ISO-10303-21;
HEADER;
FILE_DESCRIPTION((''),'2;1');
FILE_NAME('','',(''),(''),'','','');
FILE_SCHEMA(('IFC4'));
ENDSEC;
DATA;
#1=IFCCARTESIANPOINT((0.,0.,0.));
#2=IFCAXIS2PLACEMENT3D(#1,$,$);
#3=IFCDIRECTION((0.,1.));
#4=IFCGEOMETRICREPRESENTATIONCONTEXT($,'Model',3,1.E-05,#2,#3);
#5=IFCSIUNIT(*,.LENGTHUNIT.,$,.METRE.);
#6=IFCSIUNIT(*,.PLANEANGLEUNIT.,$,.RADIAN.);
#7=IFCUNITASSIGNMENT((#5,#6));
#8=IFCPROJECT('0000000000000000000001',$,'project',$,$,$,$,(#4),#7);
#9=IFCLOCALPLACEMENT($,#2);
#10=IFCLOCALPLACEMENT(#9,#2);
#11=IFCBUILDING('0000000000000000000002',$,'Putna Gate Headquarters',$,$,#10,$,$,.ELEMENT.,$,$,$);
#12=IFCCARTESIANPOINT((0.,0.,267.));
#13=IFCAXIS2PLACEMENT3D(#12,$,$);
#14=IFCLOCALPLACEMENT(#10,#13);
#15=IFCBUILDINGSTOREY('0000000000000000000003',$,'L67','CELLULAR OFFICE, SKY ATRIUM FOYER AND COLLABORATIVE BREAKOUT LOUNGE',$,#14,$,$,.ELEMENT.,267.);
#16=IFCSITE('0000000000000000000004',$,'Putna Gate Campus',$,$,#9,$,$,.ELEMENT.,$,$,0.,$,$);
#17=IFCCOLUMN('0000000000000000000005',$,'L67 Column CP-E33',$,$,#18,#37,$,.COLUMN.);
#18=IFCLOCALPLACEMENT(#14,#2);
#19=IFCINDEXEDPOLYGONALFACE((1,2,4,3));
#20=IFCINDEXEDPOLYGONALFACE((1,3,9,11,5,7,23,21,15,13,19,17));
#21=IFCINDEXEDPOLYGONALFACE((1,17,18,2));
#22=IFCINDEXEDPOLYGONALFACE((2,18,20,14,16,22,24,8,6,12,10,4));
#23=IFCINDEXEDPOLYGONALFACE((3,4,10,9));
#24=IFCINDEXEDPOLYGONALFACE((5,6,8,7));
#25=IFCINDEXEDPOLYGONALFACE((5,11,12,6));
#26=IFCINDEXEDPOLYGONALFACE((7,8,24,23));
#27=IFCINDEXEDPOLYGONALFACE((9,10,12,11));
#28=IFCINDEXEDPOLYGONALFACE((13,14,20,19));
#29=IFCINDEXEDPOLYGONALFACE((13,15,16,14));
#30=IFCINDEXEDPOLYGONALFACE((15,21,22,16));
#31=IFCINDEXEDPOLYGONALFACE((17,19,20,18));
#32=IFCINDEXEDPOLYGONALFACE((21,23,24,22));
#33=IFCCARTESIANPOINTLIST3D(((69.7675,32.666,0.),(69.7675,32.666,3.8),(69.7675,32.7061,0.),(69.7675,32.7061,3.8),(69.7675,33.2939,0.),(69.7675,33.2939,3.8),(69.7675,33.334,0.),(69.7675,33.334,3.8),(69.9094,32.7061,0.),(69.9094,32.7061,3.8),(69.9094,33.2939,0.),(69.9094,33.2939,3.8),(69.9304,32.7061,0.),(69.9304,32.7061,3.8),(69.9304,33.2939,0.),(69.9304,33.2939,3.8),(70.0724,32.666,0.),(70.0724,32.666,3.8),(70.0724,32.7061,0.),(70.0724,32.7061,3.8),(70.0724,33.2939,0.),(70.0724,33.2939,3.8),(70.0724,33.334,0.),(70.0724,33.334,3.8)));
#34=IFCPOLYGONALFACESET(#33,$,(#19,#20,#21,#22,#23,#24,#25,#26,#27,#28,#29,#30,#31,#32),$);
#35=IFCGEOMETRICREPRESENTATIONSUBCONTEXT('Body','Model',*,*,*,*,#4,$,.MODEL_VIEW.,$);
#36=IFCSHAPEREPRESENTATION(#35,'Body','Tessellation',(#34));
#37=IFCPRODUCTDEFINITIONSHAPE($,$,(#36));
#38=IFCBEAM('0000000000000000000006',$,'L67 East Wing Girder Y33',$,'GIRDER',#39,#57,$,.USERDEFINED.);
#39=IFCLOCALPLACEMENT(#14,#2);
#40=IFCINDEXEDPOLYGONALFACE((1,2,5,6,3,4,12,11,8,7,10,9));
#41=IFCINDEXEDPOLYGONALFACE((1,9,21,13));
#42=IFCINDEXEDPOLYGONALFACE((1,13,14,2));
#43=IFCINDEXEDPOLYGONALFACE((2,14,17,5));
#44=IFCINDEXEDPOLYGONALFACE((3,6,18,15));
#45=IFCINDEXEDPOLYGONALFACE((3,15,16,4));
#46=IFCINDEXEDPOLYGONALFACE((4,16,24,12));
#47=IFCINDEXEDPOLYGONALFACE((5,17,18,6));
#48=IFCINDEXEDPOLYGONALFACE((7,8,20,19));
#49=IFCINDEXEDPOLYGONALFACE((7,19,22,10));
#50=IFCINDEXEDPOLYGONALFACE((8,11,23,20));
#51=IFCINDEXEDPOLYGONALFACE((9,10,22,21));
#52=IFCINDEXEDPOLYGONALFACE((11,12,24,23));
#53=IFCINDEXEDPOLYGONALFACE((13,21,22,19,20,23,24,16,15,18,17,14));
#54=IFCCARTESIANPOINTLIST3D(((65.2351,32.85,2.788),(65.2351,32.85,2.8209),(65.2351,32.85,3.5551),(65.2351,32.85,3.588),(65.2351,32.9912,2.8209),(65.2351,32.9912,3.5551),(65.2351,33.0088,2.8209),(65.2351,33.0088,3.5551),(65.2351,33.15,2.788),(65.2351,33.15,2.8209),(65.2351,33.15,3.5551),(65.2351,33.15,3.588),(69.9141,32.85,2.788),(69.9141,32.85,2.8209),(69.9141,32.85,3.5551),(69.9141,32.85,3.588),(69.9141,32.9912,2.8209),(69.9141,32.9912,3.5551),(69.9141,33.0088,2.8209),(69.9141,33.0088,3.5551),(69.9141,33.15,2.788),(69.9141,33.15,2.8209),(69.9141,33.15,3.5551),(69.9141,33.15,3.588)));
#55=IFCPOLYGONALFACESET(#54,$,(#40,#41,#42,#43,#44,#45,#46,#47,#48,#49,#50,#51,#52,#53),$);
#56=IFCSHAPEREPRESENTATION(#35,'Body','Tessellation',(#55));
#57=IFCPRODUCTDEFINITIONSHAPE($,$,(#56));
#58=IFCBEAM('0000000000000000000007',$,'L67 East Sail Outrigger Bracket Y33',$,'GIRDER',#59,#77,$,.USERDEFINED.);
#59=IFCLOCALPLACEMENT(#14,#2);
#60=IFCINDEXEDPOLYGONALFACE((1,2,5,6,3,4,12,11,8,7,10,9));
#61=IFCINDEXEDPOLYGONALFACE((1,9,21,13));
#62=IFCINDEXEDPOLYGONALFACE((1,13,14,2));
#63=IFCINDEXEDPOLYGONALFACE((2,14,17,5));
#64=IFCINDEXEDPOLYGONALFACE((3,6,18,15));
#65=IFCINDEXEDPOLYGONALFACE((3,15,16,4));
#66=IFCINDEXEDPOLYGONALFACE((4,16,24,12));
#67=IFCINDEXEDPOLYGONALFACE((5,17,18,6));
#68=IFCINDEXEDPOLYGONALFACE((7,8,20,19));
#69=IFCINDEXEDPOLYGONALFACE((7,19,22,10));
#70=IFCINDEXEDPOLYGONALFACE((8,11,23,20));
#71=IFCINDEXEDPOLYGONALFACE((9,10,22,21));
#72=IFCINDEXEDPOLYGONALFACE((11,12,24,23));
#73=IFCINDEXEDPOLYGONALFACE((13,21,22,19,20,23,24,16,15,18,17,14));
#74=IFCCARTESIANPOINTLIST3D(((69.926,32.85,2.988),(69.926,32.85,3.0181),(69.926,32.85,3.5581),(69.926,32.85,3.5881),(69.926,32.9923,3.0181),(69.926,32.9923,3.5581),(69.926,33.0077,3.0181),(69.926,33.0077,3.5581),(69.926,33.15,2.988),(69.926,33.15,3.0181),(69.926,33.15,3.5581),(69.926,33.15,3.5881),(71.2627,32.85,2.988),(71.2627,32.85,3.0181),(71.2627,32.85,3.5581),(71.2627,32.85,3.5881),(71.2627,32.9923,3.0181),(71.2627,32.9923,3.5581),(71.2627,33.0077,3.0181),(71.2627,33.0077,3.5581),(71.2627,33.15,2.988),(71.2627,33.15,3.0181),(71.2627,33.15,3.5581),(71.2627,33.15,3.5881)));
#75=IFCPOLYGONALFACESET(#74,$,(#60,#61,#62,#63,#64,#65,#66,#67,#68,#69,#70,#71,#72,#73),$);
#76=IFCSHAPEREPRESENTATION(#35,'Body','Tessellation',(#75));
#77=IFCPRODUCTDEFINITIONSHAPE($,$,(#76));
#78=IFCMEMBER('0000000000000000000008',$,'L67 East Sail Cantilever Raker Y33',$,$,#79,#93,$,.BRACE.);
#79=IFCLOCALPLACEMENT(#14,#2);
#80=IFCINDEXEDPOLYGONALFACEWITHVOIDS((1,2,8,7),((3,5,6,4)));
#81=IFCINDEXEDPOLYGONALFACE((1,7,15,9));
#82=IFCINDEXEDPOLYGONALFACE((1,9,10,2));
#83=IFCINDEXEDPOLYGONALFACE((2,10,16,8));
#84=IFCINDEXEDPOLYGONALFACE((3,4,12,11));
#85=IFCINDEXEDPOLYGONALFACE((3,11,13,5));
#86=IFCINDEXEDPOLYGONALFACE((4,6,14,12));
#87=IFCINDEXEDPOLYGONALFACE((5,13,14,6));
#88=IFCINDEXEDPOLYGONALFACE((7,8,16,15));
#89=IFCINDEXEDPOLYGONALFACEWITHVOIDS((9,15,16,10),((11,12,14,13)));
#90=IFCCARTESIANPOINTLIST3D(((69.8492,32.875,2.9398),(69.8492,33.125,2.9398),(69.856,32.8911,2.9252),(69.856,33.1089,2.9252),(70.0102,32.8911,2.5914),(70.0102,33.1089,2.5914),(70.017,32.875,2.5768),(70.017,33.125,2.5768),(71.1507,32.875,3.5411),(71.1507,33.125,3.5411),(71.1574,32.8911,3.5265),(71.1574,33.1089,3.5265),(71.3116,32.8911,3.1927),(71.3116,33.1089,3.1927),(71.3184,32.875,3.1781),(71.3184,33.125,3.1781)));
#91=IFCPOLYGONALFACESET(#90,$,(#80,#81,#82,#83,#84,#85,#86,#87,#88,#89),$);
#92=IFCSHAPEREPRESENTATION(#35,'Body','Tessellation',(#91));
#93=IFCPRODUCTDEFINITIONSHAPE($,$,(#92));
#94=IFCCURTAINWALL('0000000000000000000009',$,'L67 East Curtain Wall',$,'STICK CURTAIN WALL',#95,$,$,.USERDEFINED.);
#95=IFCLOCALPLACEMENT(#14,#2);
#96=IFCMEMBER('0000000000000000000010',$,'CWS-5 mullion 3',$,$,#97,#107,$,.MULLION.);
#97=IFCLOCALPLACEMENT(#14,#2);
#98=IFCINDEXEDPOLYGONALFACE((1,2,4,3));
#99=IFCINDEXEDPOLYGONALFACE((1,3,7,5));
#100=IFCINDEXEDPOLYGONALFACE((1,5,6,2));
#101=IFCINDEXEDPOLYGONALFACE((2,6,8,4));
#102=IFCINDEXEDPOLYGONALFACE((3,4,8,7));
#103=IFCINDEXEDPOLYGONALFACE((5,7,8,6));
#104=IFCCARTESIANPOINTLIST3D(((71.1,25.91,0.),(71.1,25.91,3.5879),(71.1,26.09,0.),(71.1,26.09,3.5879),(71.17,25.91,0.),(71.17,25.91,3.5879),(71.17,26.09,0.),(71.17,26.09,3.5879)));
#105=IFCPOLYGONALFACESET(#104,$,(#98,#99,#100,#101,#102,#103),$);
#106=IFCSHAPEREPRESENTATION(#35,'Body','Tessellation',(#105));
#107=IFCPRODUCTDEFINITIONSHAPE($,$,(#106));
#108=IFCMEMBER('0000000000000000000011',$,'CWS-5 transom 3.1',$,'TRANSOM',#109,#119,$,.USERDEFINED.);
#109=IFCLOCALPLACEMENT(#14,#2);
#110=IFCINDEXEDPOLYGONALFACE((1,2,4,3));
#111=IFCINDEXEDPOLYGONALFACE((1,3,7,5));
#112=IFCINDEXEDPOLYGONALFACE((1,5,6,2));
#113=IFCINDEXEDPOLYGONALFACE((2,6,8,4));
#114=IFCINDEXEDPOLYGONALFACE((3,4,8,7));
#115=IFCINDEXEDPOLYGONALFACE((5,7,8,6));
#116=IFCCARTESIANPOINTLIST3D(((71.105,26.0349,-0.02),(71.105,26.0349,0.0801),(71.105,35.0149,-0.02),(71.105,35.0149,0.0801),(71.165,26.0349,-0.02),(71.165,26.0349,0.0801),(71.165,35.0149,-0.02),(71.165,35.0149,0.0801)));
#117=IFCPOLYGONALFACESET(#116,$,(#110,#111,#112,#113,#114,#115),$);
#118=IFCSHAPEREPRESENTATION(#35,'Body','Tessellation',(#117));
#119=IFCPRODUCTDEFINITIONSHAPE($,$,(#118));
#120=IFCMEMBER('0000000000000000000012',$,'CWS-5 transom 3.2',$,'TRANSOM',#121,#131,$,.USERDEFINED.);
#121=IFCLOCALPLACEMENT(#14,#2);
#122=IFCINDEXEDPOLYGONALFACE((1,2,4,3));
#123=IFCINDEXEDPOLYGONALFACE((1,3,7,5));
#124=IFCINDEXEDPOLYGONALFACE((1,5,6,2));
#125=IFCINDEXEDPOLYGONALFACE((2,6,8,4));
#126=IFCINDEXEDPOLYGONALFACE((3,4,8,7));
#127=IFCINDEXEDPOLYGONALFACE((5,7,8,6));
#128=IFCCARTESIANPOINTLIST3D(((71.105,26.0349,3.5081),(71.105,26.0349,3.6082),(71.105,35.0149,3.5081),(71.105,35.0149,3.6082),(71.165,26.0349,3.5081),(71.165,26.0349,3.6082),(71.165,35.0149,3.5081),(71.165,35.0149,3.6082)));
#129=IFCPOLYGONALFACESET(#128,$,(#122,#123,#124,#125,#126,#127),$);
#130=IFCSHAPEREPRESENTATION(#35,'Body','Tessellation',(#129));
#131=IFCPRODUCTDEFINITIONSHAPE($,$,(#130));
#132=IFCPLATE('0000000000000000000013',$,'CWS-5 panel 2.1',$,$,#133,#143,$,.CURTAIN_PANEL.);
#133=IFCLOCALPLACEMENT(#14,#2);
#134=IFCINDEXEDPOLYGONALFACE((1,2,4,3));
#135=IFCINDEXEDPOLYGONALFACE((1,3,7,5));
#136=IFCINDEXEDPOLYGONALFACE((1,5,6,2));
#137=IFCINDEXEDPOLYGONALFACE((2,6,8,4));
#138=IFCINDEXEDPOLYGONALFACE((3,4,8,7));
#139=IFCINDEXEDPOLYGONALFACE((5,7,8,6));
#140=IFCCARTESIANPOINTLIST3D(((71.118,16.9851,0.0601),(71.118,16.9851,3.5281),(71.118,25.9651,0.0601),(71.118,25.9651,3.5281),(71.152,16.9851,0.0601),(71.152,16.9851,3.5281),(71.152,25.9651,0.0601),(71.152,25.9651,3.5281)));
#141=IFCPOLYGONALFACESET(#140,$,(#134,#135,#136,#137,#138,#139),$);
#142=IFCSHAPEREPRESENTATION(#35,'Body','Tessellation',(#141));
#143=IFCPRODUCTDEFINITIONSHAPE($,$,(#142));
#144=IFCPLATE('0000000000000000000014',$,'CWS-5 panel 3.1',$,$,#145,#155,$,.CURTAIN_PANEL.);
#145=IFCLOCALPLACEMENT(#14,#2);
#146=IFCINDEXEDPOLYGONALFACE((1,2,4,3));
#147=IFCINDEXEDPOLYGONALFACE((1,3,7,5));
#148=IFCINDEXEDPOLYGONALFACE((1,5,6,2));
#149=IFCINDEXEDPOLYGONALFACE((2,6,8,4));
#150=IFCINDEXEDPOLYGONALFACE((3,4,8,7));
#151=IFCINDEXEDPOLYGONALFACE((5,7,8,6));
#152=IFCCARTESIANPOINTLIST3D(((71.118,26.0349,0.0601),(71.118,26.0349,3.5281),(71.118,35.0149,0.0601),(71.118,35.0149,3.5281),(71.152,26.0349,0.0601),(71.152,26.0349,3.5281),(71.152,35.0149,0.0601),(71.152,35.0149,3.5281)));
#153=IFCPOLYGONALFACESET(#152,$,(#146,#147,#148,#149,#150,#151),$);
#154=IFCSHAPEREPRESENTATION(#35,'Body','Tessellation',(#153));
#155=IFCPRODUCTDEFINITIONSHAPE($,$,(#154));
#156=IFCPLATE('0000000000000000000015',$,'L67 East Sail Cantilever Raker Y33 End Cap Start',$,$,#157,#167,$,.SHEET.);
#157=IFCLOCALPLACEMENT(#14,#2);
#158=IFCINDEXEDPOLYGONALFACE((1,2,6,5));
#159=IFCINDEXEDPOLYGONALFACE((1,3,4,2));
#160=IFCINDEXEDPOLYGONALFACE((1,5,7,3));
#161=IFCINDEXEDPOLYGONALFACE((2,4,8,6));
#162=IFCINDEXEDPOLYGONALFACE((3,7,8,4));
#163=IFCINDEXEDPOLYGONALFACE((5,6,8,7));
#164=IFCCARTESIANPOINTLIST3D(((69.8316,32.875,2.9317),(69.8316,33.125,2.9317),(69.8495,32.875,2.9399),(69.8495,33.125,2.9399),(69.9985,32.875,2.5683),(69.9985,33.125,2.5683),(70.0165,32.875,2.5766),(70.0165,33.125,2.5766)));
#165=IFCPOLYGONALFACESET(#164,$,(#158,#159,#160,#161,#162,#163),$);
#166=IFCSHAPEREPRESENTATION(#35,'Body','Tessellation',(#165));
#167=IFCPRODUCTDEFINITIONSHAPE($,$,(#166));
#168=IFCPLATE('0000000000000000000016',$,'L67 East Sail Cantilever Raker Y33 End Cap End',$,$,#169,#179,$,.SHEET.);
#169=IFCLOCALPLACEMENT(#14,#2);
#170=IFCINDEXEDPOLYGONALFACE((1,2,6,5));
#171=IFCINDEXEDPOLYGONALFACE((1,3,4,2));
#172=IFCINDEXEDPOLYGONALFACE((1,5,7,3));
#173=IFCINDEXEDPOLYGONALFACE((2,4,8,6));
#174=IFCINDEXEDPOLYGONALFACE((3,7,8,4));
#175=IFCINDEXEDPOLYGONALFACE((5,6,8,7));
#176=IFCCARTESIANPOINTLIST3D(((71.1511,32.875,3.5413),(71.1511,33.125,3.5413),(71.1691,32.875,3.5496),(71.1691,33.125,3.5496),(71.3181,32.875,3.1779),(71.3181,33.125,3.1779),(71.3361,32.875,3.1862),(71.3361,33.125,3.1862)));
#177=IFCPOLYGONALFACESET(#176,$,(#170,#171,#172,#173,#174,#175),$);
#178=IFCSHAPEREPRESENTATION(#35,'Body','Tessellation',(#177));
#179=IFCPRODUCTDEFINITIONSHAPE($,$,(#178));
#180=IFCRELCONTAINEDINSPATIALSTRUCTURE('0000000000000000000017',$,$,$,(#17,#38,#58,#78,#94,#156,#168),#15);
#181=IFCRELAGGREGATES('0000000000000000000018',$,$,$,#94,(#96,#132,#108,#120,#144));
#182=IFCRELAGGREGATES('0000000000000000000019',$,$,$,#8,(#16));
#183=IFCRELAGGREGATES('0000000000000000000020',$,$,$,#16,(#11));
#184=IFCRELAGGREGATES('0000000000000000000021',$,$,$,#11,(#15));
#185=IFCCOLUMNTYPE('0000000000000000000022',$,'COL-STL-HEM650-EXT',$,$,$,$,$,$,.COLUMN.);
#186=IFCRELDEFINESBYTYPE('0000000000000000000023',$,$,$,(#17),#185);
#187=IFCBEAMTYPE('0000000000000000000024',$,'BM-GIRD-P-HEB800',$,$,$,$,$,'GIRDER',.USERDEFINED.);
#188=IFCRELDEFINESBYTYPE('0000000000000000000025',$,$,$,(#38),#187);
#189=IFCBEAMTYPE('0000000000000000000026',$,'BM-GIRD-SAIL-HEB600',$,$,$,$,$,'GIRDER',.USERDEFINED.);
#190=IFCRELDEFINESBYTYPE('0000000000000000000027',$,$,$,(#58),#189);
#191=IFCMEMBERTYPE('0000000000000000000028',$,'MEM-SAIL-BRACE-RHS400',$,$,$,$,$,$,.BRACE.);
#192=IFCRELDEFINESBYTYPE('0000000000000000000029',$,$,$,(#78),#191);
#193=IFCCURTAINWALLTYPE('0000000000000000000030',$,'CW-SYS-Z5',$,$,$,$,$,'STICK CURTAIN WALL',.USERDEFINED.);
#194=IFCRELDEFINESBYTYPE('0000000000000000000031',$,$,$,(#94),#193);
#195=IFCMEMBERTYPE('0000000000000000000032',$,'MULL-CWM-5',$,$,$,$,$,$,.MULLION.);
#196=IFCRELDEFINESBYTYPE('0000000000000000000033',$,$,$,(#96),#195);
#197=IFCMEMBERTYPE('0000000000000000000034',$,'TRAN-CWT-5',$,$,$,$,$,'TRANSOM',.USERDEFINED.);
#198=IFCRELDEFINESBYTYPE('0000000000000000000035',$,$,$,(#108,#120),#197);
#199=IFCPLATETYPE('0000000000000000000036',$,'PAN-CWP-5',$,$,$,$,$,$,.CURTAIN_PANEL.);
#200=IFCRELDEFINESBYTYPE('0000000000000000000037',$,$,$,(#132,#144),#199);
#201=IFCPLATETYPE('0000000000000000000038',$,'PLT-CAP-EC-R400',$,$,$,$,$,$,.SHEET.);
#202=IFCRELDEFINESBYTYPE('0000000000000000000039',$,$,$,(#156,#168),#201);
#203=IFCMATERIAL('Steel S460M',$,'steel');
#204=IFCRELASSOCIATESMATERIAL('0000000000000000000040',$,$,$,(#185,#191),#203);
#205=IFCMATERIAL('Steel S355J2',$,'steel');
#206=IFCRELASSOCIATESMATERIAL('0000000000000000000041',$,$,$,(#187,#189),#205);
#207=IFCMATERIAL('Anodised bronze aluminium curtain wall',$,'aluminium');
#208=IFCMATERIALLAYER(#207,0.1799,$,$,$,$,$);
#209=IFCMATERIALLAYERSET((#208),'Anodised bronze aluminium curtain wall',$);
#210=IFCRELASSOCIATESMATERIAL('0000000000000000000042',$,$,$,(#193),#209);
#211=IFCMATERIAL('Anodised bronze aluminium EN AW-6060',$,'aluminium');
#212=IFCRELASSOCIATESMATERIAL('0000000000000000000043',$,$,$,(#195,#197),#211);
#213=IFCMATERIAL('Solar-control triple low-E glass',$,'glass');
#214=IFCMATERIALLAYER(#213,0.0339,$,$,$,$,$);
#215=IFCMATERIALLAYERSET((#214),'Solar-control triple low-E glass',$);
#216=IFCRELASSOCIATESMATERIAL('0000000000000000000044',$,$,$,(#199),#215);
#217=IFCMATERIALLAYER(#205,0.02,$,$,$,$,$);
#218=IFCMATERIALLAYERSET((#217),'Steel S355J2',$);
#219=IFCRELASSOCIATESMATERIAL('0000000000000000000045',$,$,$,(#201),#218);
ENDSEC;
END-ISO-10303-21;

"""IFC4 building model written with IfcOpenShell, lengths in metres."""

from ifc_helpers import new_model, si_unit, direction, frame, origin, origin_2d, place, context, subcontext, project, spatial, rectangle, hollow_rectangle, i_section, extrude, material, layer, layer_set, material_profile, profile_set, type_object, element, aggregate, save


model = new_model("IFC4")

# Units and contexts
model_context = context("Model", 3, precision=1e-05, world=origin(), true_north=direction((0.0, 1.0)))
body_context = subcontext(model_context, "Body", "Model", "MODEL_VIEW")
ifc_project = project(units=[si_unit("LENGTHUNIT", "METRE"), si_unit("PLANEANGLEUNIT", "RADIAN")], contexts=[model_context])

# Site, building, storey
site_placement = place(None, origin())
site = spatial("IfcSite", under=ifc_project, at=site_placement, Name="Putna Gate Campus", CompositionType="ELEMENT", RefElevation=0.0)
building_placement = place(site_placement, origin())
building = spatial("IfcBuilding", under=site, at=building_placement, Name="Putna Gate Headquarters", CompositionType="ELEMENT")
storey_placement = place(building_placement, frame((0.0, 0.0, 267.0)))
storey = spatial("IfcBuildingStorey", under=building, at=storey_placement, Name="L67", Description="CELLULAR OFFICE, SKY ATRIUM FOYER AND COLLABORATIVE BREAKOUT LOUNGE", CompositionType="ELEMENT", Elevation=267.0)

# Column
ifc_material_1 = material(Name="Steel S460M", Category="steel")
ifc_material_profile_1 = material_profile(ifc_material_1, i_section(OverallWidth=0.3049, OverallDepth=0.668, WebThickness=0.021, FlangeThickness=0.04, at=origin_2d()), Name="Steel S460M")
ifc_profile_set_1 = profile_set([ifc_material_profile_1], Name="Steel S460M")
column_type = type_object("IfcColumnType", Name="COL-STL-HEM650-EXT", PredefinedType="COLUMN", material=ifc_profile_set_1)
column_placement = place(storey_placement, frame((69.9199, 33.0, 0.0), z_axis=(0.0, 0.0, 1.0), x_axis=(1.0, 0.0, 0.0)))
element("IfcColumn", 1, at=column_placement, inside=storey, type_object=column_type, Name="L67 Column CP-E33", PredefinedType="COLUMN", context=body_context, shape_type="SweptSolid", body=[
    extrude(i_section(OverallWidth=0.3049, OverallDepth=0.668, WebThickness=0.021, FlangeThickness=0.04, at=origin_2d()), origin(), (0.0, 0.0, 1.0), 3.8),
])

# Beams
ifc_material_2 = material(Name="Steel S355J2", Category="steel")
ifc_material_profile_2 = material_profile(ifc_material_2, i_section(OverallWidth=0.3, OverallDepth=0.8, WebThickness=0.0176, FlangeThickness=0.033, at=origin_2d()), Name="Steel S355J2")
ifc_profile_set_2 = profile_set([ifc_material_profile_2], Name="Steel S355J2")
beam_type_1 = type_object("IfcBeamType", Name="BM-GIRD-P-HEB800", ElementType="GIRDER", PredefinedType="USERDEFINED", material=ifc_profile_set_2)
beam_1_placement = place(storey_placement, frame((65.2351, 33.0, 3.188), z_axis=(1.0, 0.0, 0.0), x_axis=(0.0, 1.0, 0.0)))
element("IfcBeam", 2, at=beam_1_placement, inside=storey, type_object=beam_type_1, Name="L67 East Wing Girder Y33", ObjectType="GIRDER", PredefinedType="USERDEFINED", context=body_context, shape_type="SweptSolid", body=[
    extrude(i_section(OverallWidth=0.3, OverallDepth=0.8, WebThickness=0.0176, FlangeThickness=0.033, at=origin_2d()), origin(), (0.0, 0.0, 1.0), 4.679),
])
ifc_material_profile_3 = material_profile(ifc_material_2, i_section(OverallWidth=0.3, OverallDepth=0.6001, WebThickness=0.0154, FlangeThickness=0.03, at=origin_2d()), Name="Steel S355J2")
ifc_profile_set_3 = profile_set([ifc_material_profile_3], Name="Steel S355J2")
beam_type_2 = type_object("IfcBeamType", Name="BM-GIRD-SAIL-HEB600", ElementType="GIRDER", PredefinedType="USERDEFINED", material=ifc_profile_set_3)
beam_2_placement = place(storey_placement, frame((69.926, 33.0, 3.2881), z_axis=(1.0, 0.0, 0.0), x_axis=(0.0, 1.0, 0.0)))
element("IfcBeam", 3, at=beam_2_placement, inside=storey, type_object=beam_type_2, Name="L67 East Sail Outrigger Bracket Y33", ObjectType="GIRDER", PredefinedType="USERDEFINED", context=body_context, shape_type="SweptSolid", body=[
    extrude(i_section(OverallWidth=0.3, OverallDepth=0.6001, WebThickness=0.0154, FlangeThickness=0.03, at=origin_2d()), origin(), (0.0, 0.0, 1.0), 1.3367),
])

# Member
ifc_material_profile_4 = material_profile(ifc_material_1, hollow_rectangle(XDim=0.25, YDim=0.3999, WallThickness=0.0161, at=origin_2d()), Name="Steel S460M")
ifc_profile_set_4 = profile_set([ifc_material_profile_4], Name="Steel S460M")
member_type_1 = type_object("IfcMemberType", Name="MEM-SAIL-BRACE-RHS400", PredefinedType="BRACE", material=ifc_profile_set_4)
member_1_placement = place(storey_placement, frame((69.9331, 33.0, 2.7583), z_axis=(0.907795, 0.0, 0.419414), x_axis=(0.0, 1.0, 0.0)))
element("IfcMember", 4, at=member_1_placement, inside=storey, type_object=member_type_1, Name="L67 East Sail Cantilever Raker Y33", PredefinedType="BRACE", context=body_context, shape_type="SweptSolid", body=[
    extrude(hollow_rectangle(XDim=0.25, YDim=0.3999, WallThickness=0.0161, at=origin_2d()), origin(), (0.0, 0.0, 1.0), 1.4336),
])

# Curtain wall, members, plates
ifc_material_3 = material(Name="Anodised bronze aluminium curtain wall", Category="aluminium")
ifc_layer_1 = layer(ifc_material_3, 0.1799)
ifc_layer_set_1 = layer_set([ifc_layer_1], Name="Anodised bronze aluminium curtain wall")
curtain_wall_type = type_object("IfcCurtainWallType", Name="CW-SYS-Z5", ElementType="STICK CURTAIN WALL", PredefinedType="USERDEFINED", material=ifc_layer_set_1)
curtain_wall_placement = place(storey_placement, origin())
curtain_wall = element("IfcCurtainWall", 5, at=curtain_wall_placement, inside=storey, type_object=curtain_wall_type, Name="L67 East Curtain Wall", ObjectType="STICK CURTAIN WALL", PredefinedType="USERDEFINED")
ifc_material_4 = material(Name="Anodised bronze aluminium EN AW-6060", Category="aluminium")
ifc_material_profile_5 = material_profile(ifc_material_4, rectangle(XDim=0.0701, YDim=0.1799, at=origin_2d()), Name="Anodised bronze aluminium EN AW-6060")
ifc_profile_set_5 = profile_set([ifc_material_profile_5], Name="Anodised bronze aluminium EN AW-6060")
member_type_2 = type_object("IfcMemberType", Name="MULL-CWM-5", PredefinedType="MULLION", material=ifc_profile_set_5)
member_2_placement = place(storey_placement, frame((71.135, 26.0, 0.0), z_axis=(0.0, 0.0, 1.0), x_axis=(-1.0, 0.0, 0.0)))
member_2 = element("IfcMember", 6, at=member_2_placement, type_object=member_type_2, Name="CWS-5 mullion 3", PredefinedType="MULLION", context=body_context, shape_type="SweptSolid", body=[
    extrude(rectangle(XDim=0.0701, YDim=0.1799, at=origin_2d()), origin(), (0.0, 0.0, 1.0), 3.5879),
])
ifc_material_profile_6 = material_profile(ifc_material_4, rectangle(XDim=0.0601, YDim=0.1001, at=origin_2d()), Name="Anodised bronze aluminium EN AW-6060")
ifc_profile_set_6 = profile_set([ifc_material_profile_6], Name="Anodised bronze aluminium EN AW-6060")
member_type_3 = type_object("IfcMemberType", Name="TRAN-CWT-5", ElementType="TRANSOM", PredefinedType="USERDEFINED", material=ifc_profile_set_6)
member_3_placement = place(storey_placement, frame((71.135, 26.0349, 0.03), z_axis=(0.0, 1.0, 0.0), x_axis=(-1.0, 0.0, 0.0)))
member_3 = element("IfcMember", 7, at=member_3_placement, type_object=member_type_3, Name="CWS-5 transom 3.1", ObjectType="TRANSOM", PredefinedType="USERDEFINED", context=body_context, shape_type="SweptSolid", body=[
    extrude(rectangle(XDim=0.0601, YDim=0.1001, at=origin_2d()), origin(), (0.0, 0.0, 1.0), 8.98),
])
member_4_placement = place(storey_placement, frame((71.135, 26.0349, 3.5581), z_axis=(0.0, 1.0, 0.0), x_axis=(-1.0, 0.0, 0.0)))
member_4 = element("IfcMember", 8, at=member_4_placement, type_object=member_type_3, Name="CWS-5 transom 3.2", ObjectType="TRANSOM", PredefinedType="USERDEFINED", context=body_context, shape_type="SweptSolid", body=[
    extrude(rectangle(XDim=0.0601, YDim=0.1001, at=origin_2d()), origin(), (0.0, 0.0, 1.0), 8.98),
])
ifc_material_5 = material(Name="Solar-control triple low-E glass", Category="glass")
ifc_layer_2 = layer(ifc_material_5, 0.0339)
ifc_layer_set_2 = layer_set([ifc_layer_2], Name="Solar-control triple low-E glass")
plate_type_1 = type_object("IfcPlateType", Name="PAN-CWP-5", PredefinedType="CURTAIN_PANEL", material=ifc_layer_set_2)
plate_1_placement = place(storey_placement, frame((71.135, 21.4751, 0.0601), z_axis=(0.0, 0.0, 1.0), x_axis=(0.0, 1.0, 0.0)))
plate_1 = element("IfcPlate", 9, at=plate_1_placement, type_object=plate_type_1, Name="CWS-5 panel 2.1", PredefinedType="CURTAIN_PANEL", context=body_context, shape_type="SweptSolid", body=[
    extrude(rectangle(XDim=8.98, YDim=0.0339, at=origin_2d()), origin(), (0.0, 0.0, 1.0), 3.468),
])
plate_2_placement = place(storey_placement, frame((71.135, 30.5249, 0.0601), z_axis=(0.0, 0.0, 1.0), x_axis=(0.0, 1.0, 0.0)))
plate_2 = element("IfcPlate", 10, at=plate_2_placement, type_object=plate_type_1, Name="CWS-5 panel 3.1", PredefinedType="CURTAIN_PANEL", context=body_context, shape_type="SweptSolid", body=[
    extrude(rectangle(XDim=8.98, YDim=0.0339, at=origin_2d()), origin(), (0.0, 0.0, 1.0), 3.468),
])
aggregate(curtain_wall, [member_2, plate_1, member_3, member_4, plate_2])

# Plates
ifc_layer_3 = layer(ifc_material_2, 0.02)
ifc_layer_set_3 = layer_set([ifc_layer_3], Name="Steel S355J2")
plate_type_2 = type_object("IfcPlateType", Name="PLT-CAP-EC-R400", PredefinedType="SHEET", material=ifc_layer_set_3)
for number, where, z_axis, x_axis, name in (
    (11, (69.915, 33.0, 2.75), (0.908677, 0.0, 0.4175), (0.0, 1.0, 0.0), "L67 East Sail Cantilever Raker Y33 End Cap Start"),
    (12, (71.2346, 33.0, 3.3596), (0.908677, 0.0, 0.4175), (0.0, 1.0, 0.0), "L67 East Sail Cantilever Raker Y33 End Cap End"),
):
    element("IfcPlate", number, at=place(storey_placement, frame(where, z_axis=z_axis, x_axis=x_axis)), inside=storey, type_object=plate_type_2, Name=name, PredefinedType="SHEET", context=body_context, shape_type="SweptSolid", body=[
        extrude(rectangle(XDim=0.25, YDim=0.3999, at=origin_2d()), origin(), (0.0, 0.0, 1.0), 0.0198),
    ])

save(model, "model.ifc")
